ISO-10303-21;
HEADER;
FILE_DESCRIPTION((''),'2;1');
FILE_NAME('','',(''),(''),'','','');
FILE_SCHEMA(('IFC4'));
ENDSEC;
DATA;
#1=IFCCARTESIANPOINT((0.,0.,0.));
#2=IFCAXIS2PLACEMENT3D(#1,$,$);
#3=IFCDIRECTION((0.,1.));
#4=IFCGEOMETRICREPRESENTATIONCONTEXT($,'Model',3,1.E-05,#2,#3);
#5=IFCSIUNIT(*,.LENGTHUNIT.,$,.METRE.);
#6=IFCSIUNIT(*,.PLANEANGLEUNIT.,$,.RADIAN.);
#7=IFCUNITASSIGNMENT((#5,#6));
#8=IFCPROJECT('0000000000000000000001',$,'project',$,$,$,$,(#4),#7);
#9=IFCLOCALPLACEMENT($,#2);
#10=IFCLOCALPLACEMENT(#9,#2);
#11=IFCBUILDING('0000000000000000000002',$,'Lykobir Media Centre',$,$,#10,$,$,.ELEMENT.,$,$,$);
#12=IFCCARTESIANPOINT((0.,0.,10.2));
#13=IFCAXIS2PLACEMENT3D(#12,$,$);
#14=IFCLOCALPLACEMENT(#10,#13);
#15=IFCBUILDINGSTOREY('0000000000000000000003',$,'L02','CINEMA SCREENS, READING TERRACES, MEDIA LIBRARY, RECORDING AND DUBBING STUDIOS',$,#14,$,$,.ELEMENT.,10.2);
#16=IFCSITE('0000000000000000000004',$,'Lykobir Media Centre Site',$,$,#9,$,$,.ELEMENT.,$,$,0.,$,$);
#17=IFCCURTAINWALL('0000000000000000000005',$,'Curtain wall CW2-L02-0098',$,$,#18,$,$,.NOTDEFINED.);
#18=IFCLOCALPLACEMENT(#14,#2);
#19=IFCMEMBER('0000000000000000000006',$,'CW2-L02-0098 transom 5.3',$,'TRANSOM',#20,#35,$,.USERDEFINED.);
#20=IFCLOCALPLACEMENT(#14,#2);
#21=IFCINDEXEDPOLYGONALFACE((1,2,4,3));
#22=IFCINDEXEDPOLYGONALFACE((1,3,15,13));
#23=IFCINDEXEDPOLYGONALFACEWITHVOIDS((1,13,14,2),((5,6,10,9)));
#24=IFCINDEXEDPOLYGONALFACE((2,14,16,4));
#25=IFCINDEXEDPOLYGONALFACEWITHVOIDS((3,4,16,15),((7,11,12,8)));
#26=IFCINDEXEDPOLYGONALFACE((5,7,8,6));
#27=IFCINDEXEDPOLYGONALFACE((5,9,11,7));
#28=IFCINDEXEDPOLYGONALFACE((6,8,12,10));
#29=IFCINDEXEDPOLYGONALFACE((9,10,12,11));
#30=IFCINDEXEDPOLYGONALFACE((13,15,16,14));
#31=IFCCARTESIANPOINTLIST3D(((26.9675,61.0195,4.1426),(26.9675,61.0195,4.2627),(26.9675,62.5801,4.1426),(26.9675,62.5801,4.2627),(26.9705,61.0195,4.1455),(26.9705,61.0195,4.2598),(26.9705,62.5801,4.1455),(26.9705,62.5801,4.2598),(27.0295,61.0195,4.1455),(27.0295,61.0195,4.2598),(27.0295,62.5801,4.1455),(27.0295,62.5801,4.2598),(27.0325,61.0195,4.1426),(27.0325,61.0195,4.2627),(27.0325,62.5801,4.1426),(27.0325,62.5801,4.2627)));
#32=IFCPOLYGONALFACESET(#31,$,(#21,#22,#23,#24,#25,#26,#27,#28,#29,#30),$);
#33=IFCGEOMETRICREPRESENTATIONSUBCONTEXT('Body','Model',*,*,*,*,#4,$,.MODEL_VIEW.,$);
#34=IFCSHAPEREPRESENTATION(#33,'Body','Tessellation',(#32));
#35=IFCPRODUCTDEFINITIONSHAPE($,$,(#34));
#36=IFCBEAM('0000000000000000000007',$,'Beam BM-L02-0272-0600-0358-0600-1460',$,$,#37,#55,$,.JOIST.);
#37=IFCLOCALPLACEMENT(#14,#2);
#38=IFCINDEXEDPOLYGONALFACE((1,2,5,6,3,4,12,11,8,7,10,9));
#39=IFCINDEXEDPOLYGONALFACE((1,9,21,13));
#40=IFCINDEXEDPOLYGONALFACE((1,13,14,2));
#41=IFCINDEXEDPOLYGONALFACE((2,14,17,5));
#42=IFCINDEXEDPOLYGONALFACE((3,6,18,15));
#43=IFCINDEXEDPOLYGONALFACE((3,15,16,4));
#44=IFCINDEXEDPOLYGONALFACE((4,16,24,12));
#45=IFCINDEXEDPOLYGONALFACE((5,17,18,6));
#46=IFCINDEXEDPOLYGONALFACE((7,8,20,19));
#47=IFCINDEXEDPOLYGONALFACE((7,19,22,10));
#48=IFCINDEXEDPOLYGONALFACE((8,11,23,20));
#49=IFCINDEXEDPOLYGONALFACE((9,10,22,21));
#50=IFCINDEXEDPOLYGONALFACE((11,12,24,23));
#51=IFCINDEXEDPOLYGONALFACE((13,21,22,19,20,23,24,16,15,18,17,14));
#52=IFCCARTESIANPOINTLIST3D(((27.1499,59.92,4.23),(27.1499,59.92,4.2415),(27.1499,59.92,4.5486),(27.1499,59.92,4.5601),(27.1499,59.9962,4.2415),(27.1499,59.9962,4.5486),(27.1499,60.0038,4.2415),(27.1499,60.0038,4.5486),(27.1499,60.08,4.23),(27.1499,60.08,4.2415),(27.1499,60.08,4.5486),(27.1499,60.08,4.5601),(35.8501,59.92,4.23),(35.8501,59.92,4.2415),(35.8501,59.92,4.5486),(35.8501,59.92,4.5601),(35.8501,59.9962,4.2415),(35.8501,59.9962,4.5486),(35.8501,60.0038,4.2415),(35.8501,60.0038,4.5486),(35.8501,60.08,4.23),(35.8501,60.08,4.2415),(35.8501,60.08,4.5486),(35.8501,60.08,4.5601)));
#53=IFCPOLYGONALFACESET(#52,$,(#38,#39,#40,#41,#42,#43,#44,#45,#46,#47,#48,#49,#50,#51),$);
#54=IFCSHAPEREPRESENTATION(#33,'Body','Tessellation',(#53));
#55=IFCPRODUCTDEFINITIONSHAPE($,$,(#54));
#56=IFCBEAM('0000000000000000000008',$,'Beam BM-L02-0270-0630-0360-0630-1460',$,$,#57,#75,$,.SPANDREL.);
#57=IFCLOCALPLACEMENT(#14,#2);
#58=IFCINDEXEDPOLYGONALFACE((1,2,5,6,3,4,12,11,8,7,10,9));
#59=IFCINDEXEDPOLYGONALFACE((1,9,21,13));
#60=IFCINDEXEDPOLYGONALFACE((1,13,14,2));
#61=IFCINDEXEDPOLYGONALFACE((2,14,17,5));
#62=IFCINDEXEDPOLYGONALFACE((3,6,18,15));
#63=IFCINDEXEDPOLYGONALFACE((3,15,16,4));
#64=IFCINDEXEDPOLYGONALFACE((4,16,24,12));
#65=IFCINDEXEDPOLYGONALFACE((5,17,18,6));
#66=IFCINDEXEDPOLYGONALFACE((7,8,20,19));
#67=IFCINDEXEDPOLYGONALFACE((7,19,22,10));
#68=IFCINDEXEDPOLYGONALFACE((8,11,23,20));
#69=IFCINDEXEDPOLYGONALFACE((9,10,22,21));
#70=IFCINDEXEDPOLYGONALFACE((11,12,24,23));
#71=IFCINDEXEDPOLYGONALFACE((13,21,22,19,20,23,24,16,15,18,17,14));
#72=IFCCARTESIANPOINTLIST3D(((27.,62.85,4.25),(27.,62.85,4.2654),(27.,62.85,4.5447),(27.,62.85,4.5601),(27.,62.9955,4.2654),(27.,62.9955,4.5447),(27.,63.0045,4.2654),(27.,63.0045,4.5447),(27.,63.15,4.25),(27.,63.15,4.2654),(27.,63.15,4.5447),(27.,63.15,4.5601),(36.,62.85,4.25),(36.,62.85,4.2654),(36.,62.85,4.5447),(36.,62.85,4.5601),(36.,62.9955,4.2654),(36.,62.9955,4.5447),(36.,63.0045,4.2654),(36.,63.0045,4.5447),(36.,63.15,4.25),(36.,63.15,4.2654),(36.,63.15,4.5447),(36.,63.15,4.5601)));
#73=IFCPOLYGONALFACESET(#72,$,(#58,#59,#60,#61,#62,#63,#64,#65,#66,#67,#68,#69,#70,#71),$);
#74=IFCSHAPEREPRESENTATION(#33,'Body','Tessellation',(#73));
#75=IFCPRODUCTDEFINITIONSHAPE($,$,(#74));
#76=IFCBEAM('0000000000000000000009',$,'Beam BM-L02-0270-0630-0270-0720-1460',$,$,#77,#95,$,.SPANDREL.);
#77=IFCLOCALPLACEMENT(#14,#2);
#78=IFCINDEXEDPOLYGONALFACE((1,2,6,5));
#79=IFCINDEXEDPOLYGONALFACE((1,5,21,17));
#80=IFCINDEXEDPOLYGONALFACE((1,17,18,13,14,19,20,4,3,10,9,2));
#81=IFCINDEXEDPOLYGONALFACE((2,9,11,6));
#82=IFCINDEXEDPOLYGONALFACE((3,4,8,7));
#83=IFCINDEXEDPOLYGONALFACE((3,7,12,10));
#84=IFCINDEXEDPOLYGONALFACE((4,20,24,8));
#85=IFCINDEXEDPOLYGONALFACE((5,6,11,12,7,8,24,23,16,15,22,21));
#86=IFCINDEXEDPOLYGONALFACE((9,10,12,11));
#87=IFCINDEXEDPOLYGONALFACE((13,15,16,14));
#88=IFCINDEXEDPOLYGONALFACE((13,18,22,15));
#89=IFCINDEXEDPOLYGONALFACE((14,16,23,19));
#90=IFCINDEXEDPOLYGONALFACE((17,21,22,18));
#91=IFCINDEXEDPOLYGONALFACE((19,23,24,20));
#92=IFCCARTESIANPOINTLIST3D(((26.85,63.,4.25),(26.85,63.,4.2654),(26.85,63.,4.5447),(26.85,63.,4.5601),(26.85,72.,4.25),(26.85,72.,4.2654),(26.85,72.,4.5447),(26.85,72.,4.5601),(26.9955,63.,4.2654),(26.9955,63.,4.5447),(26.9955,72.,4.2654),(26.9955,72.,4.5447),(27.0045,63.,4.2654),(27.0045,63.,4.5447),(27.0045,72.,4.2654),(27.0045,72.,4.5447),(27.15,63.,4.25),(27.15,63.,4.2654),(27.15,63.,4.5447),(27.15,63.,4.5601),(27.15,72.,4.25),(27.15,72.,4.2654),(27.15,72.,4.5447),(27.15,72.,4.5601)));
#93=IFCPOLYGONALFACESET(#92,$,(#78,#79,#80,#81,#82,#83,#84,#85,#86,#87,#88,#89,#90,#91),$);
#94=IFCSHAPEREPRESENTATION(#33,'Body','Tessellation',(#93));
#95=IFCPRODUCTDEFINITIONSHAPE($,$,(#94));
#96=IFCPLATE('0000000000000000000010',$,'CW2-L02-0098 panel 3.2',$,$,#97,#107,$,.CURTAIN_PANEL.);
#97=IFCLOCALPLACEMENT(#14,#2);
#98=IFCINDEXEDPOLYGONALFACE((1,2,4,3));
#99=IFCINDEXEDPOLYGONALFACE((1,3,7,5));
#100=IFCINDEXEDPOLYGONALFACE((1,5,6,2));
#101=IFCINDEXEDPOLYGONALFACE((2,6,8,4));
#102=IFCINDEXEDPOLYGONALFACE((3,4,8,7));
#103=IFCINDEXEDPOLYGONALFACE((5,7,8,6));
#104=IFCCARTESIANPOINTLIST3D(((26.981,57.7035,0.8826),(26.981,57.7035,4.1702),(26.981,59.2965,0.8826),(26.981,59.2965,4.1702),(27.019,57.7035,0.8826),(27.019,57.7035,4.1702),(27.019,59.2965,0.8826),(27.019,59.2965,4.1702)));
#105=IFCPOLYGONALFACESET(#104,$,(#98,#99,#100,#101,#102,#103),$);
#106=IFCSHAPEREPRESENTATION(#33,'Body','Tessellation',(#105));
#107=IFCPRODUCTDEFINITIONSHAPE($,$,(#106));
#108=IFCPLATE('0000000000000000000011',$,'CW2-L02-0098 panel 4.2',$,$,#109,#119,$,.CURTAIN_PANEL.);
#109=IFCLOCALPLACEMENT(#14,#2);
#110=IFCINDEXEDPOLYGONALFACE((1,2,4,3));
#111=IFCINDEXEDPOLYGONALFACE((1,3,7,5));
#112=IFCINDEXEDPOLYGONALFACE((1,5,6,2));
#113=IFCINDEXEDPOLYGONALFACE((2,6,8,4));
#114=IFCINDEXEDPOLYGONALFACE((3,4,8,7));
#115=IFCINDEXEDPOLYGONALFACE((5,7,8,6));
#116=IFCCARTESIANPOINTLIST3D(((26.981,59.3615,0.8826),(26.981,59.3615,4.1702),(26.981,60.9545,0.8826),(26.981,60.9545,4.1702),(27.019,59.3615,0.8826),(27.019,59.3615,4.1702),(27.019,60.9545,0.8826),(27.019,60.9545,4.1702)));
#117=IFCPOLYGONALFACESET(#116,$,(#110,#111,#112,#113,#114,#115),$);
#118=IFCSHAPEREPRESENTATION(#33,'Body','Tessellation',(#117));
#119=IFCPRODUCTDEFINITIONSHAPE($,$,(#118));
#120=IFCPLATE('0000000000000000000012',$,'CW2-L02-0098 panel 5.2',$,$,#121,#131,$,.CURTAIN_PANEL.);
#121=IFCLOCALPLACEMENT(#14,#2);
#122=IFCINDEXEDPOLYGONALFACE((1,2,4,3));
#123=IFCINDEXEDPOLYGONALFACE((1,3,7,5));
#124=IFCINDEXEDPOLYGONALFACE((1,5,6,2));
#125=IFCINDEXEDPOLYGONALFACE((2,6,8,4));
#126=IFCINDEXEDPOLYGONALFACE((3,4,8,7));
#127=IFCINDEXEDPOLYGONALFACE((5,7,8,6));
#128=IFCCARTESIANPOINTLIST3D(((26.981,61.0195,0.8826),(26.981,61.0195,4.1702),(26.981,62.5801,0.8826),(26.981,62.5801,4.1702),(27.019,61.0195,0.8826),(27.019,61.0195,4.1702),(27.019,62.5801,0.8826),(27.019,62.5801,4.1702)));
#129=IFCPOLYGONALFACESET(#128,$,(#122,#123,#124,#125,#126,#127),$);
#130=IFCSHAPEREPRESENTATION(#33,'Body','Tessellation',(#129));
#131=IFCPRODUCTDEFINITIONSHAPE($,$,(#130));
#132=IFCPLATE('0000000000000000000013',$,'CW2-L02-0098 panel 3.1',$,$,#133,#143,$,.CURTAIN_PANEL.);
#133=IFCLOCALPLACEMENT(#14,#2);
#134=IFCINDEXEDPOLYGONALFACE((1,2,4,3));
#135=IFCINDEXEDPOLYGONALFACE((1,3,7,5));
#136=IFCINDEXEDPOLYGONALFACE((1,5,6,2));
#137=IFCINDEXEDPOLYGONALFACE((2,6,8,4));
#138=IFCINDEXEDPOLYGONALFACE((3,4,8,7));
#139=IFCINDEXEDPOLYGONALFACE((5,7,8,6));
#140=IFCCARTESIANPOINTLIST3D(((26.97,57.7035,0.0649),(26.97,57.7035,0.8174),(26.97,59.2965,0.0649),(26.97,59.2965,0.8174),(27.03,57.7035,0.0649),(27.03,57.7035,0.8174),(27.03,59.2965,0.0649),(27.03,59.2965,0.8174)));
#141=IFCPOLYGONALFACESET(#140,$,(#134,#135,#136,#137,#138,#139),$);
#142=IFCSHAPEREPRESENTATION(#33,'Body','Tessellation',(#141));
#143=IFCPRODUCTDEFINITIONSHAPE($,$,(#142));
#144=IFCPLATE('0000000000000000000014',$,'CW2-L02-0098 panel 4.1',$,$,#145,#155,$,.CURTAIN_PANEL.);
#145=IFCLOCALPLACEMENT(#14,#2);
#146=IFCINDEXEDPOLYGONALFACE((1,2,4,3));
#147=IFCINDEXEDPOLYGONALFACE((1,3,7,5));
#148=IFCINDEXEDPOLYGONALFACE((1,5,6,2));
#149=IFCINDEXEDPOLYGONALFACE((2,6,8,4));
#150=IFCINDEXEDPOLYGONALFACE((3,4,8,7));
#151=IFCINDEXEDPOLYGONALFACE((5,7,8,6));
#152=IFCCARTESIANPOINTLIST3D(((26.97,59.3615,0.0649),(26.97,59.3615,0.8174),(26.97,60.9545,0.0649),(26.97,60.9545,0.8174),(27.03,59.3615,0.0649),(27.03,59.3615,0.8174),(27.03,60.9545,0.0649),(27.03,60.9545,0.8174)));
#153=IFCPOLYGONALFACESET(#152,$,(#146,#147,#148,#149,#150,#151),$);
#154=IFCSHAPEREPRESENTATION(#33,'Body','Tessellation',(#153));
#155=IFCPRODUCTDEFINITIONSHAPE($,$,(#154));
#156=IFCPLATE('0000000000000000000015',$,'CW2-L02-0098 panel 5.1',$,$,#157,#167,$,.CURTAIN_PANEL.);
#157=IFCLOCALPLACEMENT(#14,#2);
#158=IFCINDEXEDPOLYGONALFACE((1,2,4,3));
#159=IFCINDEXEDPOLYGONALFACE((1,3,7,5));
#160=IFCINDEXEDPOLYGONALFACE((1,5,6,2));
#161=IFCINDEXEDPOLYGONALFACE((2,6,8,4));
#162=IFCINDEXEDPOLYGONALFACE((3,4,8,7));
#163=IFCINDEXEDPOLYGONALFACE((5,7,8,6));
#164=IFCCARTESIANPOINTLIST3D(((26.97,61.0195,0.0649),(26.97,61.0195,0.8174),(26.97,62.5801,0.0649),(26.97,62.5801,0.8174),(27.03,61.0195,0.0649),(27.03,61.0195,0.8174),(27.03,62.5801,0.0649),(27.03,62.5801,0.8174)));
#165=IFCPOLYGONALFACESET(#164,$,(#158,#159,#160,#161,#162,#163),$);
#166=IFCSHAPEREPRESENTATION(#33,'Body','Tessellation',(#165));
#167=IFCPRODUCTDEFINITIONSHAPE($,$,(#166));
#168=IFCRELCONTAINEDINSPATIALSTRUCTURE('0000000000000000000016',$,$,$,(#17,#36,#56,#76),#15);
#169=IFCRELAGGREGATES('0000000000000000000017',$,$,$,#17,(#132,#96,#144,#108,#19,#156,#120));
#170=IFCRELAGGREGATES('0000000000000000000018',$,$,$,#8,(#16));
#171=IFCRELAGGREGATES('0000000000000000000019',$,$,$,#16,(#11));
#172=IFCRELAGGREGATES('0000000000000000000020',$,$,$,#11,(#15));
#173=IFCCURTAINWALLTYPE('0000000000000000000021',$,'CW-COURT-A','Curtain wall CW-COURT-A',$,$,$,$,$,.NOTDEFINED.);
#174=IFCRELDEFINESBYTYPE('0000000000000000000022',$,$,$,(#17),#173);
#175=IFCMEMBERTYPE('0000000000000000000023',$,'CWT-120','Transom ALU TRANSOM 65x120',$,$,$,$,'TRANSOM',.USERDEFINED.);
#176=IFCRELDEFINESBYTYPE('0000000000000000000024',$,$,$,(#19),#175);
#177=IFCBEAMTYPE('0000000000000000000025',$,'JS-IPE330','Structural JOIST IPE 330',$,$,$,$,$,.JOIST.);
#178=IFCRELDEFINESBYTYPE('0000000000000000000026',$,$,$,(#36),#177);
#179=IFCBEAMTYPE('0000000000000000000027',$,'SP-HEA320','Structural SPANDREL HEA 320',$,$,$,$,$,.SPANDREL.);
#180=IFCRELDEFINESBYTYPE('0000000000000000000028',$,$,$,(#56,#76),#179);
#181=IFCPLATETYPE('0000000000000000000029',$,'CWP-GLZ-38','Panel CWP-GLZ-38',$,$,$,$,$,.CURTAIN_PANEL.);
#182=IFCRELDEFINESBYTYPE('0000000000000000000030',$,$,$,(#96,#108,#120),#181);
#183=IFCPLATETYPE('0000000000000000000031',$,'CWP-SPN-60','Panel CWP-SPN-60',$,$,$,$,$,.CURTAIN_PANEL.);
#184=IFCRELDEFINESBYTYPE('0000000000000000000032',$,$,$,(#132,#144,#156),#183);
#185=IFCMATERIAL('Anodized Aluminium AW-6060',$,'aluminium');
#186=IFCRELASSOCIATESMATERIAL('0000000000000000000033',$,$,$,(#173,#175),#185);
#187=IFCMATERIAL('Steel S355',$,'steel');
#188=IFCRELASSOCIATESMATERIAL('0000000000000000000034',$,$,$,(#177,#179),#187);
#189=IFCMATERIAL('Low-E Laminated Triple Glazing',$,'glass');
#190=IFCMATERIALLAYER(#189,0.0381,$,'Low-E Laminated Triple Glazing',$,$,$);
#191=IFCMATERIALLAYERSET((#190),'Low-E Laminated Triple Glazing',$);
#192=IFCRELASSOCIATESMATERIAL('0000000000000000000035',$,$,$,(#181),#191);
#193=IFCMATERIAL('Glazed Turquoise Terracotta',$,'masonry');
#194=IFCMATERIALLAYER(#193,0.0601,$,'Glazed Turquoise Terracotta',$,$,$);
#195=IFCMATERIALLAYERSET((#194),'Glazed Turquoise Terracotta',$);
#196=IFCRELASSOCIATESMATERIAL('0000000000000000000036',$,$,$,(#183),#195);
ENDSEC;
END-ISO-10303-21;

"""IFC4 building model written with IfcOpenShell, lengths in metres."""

from ifc_helpers import new_model, si_unit, direction, frame, origin, origin_2d, place, context, subcontext, project, spatial, rectangle, hollow_rectangle, i_section, extrude, material, layer, layer_set, material_profile, profile_set, type_object, element, aggregate, save


model = new_model("IFC4")

# Units and contexts
model_context = context("Model", 3, precision=1e-05, world=origin(), true_north=direction((0.0, 1.0)))
body_context = subcontext(model_context, "Body", "Model", "MODEL_VIEW")
ifc_project = project(units=[si_unit("LENGTHUNIT", "METRE"), si_unit("PLANEANGLEUNIT", "RADIAN")], contexts=[model_context])

# Site, building, storey
site_placement = place(None, origin())
site = spatial("IfcSite", under=ifc_project, at=site_placement, Name="Lykobir Media Centre Site", CompositionType="ELEMENT", RefElevation=0.0)
building_placement = place(site_placement, origin())
building = spatial("IfcBuilding", under=site, at=building_placement, Name="Lykobir Media Centre", CompositionType="ELEMENT")
storey_placement = place(building_placement, frame((0.0, 0.0, 10.2)))
storey = spatial("IfcBuildingStorey", under=building, at=storey_placement, Name="L02", Description="CINEMA SCREENS, READING TERRACES, MEDIA LIBRARY, RECORDING AND DUBBING STUDIOS", CompositionType="ELEMENT", Elevation=10.2)

# Curtain wall, member
ifc_material_1 = material(Name="Anodized Aluminium AW-6060", Category="aluminium")
curtain_wall_type = type_object("IfcCurtainWallType", Name="CW-COURT-A", Description="Curtain wall CW-COURT-A", PredefinedType="NOTDEFINED", material=ifc_material_1)
curtain_wall_placement = place(storey_placement, origin())
curtain_wall = element("IfcCurtainWall", 1, at=curtain_wall_placement, inside=storey, type_object=curtain_wall_type, Name="Curtain wall CW2-L02-0098", PredefinedType="NOTDEFINED")
ifc_material_profile_1 = material_profile(ifc_material_1, hollow_rectangle(XDim=0.0649, YDim=0.1201, WallThickness=0.0029, at=origin_2d()), Name="ALU TRANSOM 65x120")
ifc_profile_set_1 = profile_set([ifc_material_profile_1], Name="Anodized Aluminium AW-6060")
member_type_1 = type_object("IfcMemberType", Name="CWT-120", Description="Transom ALU TRANSOM 65x120", ElementType="TRANSOM", PredefinedType="USERDEFINED", material=ifc_profile_set_1)
member_1_placement = place(storey_placement, frame((27.0, 61.0195, 4.2026), z_axis=(0.0, 1.0, 0.0), x_axis=(-1.0, 0.0, 0.0)))
member_1 = element("IfcMember", 2, at=member_1_placement, type_object=member_type_1, Name="CW2-L02-0098 transom 5.3", ObjectType="TRANSOM", PredefinedType="USERDEFINED", context=body_context, shape_type="SweptSolid", body=[
    extrude(hollow_rectangle(XDim=0.0649, YDim=0.1201, WallThickness=0.0029, at=origin_2d()), origin(), (0.0, 0.0, 1.0), 1.5605),
])

# Beams
ifc_material_2 = material(Name="Steel S355", Category="steel")
ifc_material_profile_2 = material_profile(ifc_material_2, i_section(OverallWidth=0.1599, OverallDepth=0.3301, WebThickness=0.0076, FlangeThickness=0.0115, at=origin_2d()), Name="IPE 330")
ifc_profile_set_2 = profile_set([ifc_material_profile_2], Name="Steel S355")
beam_type_1 = type_object("IfcBeamType", Name="JS-IPE330", Description="Structural JOIST IPE 330", PredefinedType="JOIST", material=ifc_profile_set_2)
beam_placement = place(storey_placement, frame((27.1499, 60.0, 4.395), z_axis=(1.0, 0.0, 0.0), x_axis=(0.0, 1.0, 0.0)))
element("IfcBeam", 3, at=beam_placement, inside=storey, type_object=beam_type_1, Name="Beam BM-L02-0272-0600-0358-0600-1460", PredefinedType="JOIST", context=body_context, shape_type="SweptSolid", body=[
    extrude(i_section(OverallWidth=0.1599, OverallDepth=0.3301, WebThickness=0.0076, FlangeThickness=0.0115, at=origin_2d()), origin(), (0.0, 0.0, 1.0), 8.7002),
])
ifc_material_profile_3 = material_profile(ifc_material_2, i_section(OverallWidth=0.3, OverallDepth=0.3101, WebThickness=0.009, FlangeThickness=0.0154, at=origin_2d()), Name="HEA 320")
ifc_profile_set_3 = profile_set([ifc_material_profile_3], Name="Steel S355")
beam_type_2 = type_object("IfcBeamType", Name="SP-HEA320", Description="Structural SPANDREL HEA 320", PredefinedType="SPANDREL", material=ifc_profile_set_3)
for number, where, z_axis, x_axis, name in (
    (4, (27.0, 63.0, 4.405), (1.0, 0.0, 0.0), (0.0, 1.0, 0.0), "Beam BM-L02-0270-0630-0360-0630-1460"),
    (5, (27.0, 63.0, 4.405), (0.0, 1.0, 0.0), (-1.0, 0.0, 0.0), "Beam BM-L02-0270-0630-0270-0720-1460"),
):
    element("IfcBeam", number, at=place(storey_placement, frame(where, z_axis=z_axis, x_axis=x_axis)), inside=storey, type_object=beam_type_2, Name=name, PredefinedType="SPANDREL", context=body_context, shape_type="SweptSolid", body=[
        extrude(i_section(OverallWidth=0.3, OverallDepth=0.3101, WebThickness=0.009, FlangeThickness=0.0154, at=origin_2d()), origin(), (0.0, 0.0, 1.0), 9.0),
    ])

# Plates
ifc_material_3 = material(Name="Low-E Laminated Triple Glazing", Category="glass")
ifc_layer_1 = layer(ifc_material_3, 0.0381, Name="Low-E Laminated Triple Glazing")
ifc_layer_set_1 = layer_set([ifc_layer_1], Name="Low-E Laminated Triple Glazing")
plate_type_1 = type_object("IfcPlateType", Name="CWP-GLZ-38", Description="Panel CWP-GLZ-38", PredefinedType="CURTAIN_PANEL", material=ifc_layer_set_1)
plate_1_placement = place(storey_placement, frame((27.0, 58.5, 0.8826), z_axis=(0.0, 0.0, 1.0), x_axis=(0.0, 1.0, 0.0)))
plate_1 = element("IfcPlate", 6, at=plate_1_placement, type_object=plate_type_1, Name="CW2-L02-0098 panel 3.2", PredefinedType="CURTAIN_PANEL", context=body_context, shape_type="SweptSolid", body=[
    extrude(rectangle(XDim=1.593, YDim=0.0381, at=origin_2d()), origin(), (0.0, 0.0, 1.0), 3.2876),
])
plate_2_placement = place(storey_placement, frame((27.0, 60.158, 0.8826), z_axis=(0.0, 0.0, 1.0), x_axis=(0.0, 1.0, 0.0)))
plate_2 = element("IfcPlate", 7, at=plate_2_placement, type_object=plate_type_1, Name="CW2-L02-0098 panel 4.2", PredefinedType="CURTAIN_PANEL", context=body_context, shape_type="SweptSolid", body=[
    extrude(rectangle(XDim=1.593, YDim=0.0381, at=origin_2d()), origin(), (0.0, 0.0, 1.0), 3.2876),
])
plate_3_placement = place(storey_placement, frame((27.0, 61.7998, 0.8826), z_axis=(0.0, 0.0, 1.0), x_axis=(0.0, 1.0, 0.0)))
plate_3 = element("IfcPlate", 8, at=plate_3_placement, type_object=plate_type_1, Name="CW2-L02-0098 panel 5.2", PredefinedType="CURTAIN_PANEL", context=body_context, shape_type="SweptSolid", body=[
    extrude(rectangle(XDim=1.5605, YDim=0.0381, at=origin_2d()), origin(), (0.0, 0.0, 1.0), 3.2876),
])
ifc_material_4 = material(Name="Glazed Turquoise Terracotta", Category="masonry")
ifc_layer_2 = layer(ifc_material_4, 0.0601, Name="Glazed Turquoise Terracotta")
ifc_layer_set_2 = layer_set([ifc_layer_2], Name="Glazed Turquoise Terracotta")
plate_type_2 = type_object("IfcPlateType", Name="CWP-SPN-60", Description="Panel CWP-SPN-60", PredefinedType="CURTAIN_PANEL", material=ifc_layer_set_2)
plate_4_placement = place(storey_placement, frame((27.0, 58.5, 0.0649), z_axis=(0.0, 0.0, 1.0), x_axis=(0.0, 1.0, 0.0)))
plate_4 = element("IfcPlate", 9, at=plate_4_placement, type_object=plate_type_2, Name="CW2-L02-0098 panel 3.1", PredefinedType="CURTAIN_PANEL", context=body_context, shape_type="SweptSolid", body=[
    extrude(rectangle(XDim=1.593, YDim=0.0601, at=origin_2d()), origin(), (0.0, 0.0, 1.0), 0.7524),
])
plate_5_placement = place(storey_placement, frame((27.0, 60.158, 0.0649), z_axis=(0.0, 0.0, 1.0), x_axis=(0.0, 1.0, 0.0)))
plate_5 = element("IfcPlate", 10, at=plate_5_placement, type_object=plate_type_2, Name="CW2-L02-0098 panel 4.1", PredefinedType="CURTAIN_PANEL", context=body_context, shape_type="SweptSolid", body=[
    extrude(rectangle(XDim=1.593, YDim=0.0601, at=origin_2d()), origin(), (0.0, 0.0, 1.0), 0.7524),
])
plate_6_placement = place(storey_placement, frame((27.0, 61.7998, 0.0649), z_axis=(0.0, 0.0, 1.0), x_axis=(0.0, 1.0, 0.0)))
plate_6 = element("IfcPlate", 11, at=plate_6_placement, type_object=plate_type_2, Name="CW2-L02-0098 panel 5.1", PredefinedType="CURTAIN_PANEL", context=body_context, shape_type="SweptSolid", body=[
    extrude(rectangle(XDim=1.5605, YDim=0.0601, at=origin_2d()), origin(), (0.0, 0.0, 1.0), 0.7524),
])
aggregate(curtain_wall, [plate_4, plate_1, plate_5, plate_2, member_1, plate_6, plate_3])

save(model, "model.ifc")
